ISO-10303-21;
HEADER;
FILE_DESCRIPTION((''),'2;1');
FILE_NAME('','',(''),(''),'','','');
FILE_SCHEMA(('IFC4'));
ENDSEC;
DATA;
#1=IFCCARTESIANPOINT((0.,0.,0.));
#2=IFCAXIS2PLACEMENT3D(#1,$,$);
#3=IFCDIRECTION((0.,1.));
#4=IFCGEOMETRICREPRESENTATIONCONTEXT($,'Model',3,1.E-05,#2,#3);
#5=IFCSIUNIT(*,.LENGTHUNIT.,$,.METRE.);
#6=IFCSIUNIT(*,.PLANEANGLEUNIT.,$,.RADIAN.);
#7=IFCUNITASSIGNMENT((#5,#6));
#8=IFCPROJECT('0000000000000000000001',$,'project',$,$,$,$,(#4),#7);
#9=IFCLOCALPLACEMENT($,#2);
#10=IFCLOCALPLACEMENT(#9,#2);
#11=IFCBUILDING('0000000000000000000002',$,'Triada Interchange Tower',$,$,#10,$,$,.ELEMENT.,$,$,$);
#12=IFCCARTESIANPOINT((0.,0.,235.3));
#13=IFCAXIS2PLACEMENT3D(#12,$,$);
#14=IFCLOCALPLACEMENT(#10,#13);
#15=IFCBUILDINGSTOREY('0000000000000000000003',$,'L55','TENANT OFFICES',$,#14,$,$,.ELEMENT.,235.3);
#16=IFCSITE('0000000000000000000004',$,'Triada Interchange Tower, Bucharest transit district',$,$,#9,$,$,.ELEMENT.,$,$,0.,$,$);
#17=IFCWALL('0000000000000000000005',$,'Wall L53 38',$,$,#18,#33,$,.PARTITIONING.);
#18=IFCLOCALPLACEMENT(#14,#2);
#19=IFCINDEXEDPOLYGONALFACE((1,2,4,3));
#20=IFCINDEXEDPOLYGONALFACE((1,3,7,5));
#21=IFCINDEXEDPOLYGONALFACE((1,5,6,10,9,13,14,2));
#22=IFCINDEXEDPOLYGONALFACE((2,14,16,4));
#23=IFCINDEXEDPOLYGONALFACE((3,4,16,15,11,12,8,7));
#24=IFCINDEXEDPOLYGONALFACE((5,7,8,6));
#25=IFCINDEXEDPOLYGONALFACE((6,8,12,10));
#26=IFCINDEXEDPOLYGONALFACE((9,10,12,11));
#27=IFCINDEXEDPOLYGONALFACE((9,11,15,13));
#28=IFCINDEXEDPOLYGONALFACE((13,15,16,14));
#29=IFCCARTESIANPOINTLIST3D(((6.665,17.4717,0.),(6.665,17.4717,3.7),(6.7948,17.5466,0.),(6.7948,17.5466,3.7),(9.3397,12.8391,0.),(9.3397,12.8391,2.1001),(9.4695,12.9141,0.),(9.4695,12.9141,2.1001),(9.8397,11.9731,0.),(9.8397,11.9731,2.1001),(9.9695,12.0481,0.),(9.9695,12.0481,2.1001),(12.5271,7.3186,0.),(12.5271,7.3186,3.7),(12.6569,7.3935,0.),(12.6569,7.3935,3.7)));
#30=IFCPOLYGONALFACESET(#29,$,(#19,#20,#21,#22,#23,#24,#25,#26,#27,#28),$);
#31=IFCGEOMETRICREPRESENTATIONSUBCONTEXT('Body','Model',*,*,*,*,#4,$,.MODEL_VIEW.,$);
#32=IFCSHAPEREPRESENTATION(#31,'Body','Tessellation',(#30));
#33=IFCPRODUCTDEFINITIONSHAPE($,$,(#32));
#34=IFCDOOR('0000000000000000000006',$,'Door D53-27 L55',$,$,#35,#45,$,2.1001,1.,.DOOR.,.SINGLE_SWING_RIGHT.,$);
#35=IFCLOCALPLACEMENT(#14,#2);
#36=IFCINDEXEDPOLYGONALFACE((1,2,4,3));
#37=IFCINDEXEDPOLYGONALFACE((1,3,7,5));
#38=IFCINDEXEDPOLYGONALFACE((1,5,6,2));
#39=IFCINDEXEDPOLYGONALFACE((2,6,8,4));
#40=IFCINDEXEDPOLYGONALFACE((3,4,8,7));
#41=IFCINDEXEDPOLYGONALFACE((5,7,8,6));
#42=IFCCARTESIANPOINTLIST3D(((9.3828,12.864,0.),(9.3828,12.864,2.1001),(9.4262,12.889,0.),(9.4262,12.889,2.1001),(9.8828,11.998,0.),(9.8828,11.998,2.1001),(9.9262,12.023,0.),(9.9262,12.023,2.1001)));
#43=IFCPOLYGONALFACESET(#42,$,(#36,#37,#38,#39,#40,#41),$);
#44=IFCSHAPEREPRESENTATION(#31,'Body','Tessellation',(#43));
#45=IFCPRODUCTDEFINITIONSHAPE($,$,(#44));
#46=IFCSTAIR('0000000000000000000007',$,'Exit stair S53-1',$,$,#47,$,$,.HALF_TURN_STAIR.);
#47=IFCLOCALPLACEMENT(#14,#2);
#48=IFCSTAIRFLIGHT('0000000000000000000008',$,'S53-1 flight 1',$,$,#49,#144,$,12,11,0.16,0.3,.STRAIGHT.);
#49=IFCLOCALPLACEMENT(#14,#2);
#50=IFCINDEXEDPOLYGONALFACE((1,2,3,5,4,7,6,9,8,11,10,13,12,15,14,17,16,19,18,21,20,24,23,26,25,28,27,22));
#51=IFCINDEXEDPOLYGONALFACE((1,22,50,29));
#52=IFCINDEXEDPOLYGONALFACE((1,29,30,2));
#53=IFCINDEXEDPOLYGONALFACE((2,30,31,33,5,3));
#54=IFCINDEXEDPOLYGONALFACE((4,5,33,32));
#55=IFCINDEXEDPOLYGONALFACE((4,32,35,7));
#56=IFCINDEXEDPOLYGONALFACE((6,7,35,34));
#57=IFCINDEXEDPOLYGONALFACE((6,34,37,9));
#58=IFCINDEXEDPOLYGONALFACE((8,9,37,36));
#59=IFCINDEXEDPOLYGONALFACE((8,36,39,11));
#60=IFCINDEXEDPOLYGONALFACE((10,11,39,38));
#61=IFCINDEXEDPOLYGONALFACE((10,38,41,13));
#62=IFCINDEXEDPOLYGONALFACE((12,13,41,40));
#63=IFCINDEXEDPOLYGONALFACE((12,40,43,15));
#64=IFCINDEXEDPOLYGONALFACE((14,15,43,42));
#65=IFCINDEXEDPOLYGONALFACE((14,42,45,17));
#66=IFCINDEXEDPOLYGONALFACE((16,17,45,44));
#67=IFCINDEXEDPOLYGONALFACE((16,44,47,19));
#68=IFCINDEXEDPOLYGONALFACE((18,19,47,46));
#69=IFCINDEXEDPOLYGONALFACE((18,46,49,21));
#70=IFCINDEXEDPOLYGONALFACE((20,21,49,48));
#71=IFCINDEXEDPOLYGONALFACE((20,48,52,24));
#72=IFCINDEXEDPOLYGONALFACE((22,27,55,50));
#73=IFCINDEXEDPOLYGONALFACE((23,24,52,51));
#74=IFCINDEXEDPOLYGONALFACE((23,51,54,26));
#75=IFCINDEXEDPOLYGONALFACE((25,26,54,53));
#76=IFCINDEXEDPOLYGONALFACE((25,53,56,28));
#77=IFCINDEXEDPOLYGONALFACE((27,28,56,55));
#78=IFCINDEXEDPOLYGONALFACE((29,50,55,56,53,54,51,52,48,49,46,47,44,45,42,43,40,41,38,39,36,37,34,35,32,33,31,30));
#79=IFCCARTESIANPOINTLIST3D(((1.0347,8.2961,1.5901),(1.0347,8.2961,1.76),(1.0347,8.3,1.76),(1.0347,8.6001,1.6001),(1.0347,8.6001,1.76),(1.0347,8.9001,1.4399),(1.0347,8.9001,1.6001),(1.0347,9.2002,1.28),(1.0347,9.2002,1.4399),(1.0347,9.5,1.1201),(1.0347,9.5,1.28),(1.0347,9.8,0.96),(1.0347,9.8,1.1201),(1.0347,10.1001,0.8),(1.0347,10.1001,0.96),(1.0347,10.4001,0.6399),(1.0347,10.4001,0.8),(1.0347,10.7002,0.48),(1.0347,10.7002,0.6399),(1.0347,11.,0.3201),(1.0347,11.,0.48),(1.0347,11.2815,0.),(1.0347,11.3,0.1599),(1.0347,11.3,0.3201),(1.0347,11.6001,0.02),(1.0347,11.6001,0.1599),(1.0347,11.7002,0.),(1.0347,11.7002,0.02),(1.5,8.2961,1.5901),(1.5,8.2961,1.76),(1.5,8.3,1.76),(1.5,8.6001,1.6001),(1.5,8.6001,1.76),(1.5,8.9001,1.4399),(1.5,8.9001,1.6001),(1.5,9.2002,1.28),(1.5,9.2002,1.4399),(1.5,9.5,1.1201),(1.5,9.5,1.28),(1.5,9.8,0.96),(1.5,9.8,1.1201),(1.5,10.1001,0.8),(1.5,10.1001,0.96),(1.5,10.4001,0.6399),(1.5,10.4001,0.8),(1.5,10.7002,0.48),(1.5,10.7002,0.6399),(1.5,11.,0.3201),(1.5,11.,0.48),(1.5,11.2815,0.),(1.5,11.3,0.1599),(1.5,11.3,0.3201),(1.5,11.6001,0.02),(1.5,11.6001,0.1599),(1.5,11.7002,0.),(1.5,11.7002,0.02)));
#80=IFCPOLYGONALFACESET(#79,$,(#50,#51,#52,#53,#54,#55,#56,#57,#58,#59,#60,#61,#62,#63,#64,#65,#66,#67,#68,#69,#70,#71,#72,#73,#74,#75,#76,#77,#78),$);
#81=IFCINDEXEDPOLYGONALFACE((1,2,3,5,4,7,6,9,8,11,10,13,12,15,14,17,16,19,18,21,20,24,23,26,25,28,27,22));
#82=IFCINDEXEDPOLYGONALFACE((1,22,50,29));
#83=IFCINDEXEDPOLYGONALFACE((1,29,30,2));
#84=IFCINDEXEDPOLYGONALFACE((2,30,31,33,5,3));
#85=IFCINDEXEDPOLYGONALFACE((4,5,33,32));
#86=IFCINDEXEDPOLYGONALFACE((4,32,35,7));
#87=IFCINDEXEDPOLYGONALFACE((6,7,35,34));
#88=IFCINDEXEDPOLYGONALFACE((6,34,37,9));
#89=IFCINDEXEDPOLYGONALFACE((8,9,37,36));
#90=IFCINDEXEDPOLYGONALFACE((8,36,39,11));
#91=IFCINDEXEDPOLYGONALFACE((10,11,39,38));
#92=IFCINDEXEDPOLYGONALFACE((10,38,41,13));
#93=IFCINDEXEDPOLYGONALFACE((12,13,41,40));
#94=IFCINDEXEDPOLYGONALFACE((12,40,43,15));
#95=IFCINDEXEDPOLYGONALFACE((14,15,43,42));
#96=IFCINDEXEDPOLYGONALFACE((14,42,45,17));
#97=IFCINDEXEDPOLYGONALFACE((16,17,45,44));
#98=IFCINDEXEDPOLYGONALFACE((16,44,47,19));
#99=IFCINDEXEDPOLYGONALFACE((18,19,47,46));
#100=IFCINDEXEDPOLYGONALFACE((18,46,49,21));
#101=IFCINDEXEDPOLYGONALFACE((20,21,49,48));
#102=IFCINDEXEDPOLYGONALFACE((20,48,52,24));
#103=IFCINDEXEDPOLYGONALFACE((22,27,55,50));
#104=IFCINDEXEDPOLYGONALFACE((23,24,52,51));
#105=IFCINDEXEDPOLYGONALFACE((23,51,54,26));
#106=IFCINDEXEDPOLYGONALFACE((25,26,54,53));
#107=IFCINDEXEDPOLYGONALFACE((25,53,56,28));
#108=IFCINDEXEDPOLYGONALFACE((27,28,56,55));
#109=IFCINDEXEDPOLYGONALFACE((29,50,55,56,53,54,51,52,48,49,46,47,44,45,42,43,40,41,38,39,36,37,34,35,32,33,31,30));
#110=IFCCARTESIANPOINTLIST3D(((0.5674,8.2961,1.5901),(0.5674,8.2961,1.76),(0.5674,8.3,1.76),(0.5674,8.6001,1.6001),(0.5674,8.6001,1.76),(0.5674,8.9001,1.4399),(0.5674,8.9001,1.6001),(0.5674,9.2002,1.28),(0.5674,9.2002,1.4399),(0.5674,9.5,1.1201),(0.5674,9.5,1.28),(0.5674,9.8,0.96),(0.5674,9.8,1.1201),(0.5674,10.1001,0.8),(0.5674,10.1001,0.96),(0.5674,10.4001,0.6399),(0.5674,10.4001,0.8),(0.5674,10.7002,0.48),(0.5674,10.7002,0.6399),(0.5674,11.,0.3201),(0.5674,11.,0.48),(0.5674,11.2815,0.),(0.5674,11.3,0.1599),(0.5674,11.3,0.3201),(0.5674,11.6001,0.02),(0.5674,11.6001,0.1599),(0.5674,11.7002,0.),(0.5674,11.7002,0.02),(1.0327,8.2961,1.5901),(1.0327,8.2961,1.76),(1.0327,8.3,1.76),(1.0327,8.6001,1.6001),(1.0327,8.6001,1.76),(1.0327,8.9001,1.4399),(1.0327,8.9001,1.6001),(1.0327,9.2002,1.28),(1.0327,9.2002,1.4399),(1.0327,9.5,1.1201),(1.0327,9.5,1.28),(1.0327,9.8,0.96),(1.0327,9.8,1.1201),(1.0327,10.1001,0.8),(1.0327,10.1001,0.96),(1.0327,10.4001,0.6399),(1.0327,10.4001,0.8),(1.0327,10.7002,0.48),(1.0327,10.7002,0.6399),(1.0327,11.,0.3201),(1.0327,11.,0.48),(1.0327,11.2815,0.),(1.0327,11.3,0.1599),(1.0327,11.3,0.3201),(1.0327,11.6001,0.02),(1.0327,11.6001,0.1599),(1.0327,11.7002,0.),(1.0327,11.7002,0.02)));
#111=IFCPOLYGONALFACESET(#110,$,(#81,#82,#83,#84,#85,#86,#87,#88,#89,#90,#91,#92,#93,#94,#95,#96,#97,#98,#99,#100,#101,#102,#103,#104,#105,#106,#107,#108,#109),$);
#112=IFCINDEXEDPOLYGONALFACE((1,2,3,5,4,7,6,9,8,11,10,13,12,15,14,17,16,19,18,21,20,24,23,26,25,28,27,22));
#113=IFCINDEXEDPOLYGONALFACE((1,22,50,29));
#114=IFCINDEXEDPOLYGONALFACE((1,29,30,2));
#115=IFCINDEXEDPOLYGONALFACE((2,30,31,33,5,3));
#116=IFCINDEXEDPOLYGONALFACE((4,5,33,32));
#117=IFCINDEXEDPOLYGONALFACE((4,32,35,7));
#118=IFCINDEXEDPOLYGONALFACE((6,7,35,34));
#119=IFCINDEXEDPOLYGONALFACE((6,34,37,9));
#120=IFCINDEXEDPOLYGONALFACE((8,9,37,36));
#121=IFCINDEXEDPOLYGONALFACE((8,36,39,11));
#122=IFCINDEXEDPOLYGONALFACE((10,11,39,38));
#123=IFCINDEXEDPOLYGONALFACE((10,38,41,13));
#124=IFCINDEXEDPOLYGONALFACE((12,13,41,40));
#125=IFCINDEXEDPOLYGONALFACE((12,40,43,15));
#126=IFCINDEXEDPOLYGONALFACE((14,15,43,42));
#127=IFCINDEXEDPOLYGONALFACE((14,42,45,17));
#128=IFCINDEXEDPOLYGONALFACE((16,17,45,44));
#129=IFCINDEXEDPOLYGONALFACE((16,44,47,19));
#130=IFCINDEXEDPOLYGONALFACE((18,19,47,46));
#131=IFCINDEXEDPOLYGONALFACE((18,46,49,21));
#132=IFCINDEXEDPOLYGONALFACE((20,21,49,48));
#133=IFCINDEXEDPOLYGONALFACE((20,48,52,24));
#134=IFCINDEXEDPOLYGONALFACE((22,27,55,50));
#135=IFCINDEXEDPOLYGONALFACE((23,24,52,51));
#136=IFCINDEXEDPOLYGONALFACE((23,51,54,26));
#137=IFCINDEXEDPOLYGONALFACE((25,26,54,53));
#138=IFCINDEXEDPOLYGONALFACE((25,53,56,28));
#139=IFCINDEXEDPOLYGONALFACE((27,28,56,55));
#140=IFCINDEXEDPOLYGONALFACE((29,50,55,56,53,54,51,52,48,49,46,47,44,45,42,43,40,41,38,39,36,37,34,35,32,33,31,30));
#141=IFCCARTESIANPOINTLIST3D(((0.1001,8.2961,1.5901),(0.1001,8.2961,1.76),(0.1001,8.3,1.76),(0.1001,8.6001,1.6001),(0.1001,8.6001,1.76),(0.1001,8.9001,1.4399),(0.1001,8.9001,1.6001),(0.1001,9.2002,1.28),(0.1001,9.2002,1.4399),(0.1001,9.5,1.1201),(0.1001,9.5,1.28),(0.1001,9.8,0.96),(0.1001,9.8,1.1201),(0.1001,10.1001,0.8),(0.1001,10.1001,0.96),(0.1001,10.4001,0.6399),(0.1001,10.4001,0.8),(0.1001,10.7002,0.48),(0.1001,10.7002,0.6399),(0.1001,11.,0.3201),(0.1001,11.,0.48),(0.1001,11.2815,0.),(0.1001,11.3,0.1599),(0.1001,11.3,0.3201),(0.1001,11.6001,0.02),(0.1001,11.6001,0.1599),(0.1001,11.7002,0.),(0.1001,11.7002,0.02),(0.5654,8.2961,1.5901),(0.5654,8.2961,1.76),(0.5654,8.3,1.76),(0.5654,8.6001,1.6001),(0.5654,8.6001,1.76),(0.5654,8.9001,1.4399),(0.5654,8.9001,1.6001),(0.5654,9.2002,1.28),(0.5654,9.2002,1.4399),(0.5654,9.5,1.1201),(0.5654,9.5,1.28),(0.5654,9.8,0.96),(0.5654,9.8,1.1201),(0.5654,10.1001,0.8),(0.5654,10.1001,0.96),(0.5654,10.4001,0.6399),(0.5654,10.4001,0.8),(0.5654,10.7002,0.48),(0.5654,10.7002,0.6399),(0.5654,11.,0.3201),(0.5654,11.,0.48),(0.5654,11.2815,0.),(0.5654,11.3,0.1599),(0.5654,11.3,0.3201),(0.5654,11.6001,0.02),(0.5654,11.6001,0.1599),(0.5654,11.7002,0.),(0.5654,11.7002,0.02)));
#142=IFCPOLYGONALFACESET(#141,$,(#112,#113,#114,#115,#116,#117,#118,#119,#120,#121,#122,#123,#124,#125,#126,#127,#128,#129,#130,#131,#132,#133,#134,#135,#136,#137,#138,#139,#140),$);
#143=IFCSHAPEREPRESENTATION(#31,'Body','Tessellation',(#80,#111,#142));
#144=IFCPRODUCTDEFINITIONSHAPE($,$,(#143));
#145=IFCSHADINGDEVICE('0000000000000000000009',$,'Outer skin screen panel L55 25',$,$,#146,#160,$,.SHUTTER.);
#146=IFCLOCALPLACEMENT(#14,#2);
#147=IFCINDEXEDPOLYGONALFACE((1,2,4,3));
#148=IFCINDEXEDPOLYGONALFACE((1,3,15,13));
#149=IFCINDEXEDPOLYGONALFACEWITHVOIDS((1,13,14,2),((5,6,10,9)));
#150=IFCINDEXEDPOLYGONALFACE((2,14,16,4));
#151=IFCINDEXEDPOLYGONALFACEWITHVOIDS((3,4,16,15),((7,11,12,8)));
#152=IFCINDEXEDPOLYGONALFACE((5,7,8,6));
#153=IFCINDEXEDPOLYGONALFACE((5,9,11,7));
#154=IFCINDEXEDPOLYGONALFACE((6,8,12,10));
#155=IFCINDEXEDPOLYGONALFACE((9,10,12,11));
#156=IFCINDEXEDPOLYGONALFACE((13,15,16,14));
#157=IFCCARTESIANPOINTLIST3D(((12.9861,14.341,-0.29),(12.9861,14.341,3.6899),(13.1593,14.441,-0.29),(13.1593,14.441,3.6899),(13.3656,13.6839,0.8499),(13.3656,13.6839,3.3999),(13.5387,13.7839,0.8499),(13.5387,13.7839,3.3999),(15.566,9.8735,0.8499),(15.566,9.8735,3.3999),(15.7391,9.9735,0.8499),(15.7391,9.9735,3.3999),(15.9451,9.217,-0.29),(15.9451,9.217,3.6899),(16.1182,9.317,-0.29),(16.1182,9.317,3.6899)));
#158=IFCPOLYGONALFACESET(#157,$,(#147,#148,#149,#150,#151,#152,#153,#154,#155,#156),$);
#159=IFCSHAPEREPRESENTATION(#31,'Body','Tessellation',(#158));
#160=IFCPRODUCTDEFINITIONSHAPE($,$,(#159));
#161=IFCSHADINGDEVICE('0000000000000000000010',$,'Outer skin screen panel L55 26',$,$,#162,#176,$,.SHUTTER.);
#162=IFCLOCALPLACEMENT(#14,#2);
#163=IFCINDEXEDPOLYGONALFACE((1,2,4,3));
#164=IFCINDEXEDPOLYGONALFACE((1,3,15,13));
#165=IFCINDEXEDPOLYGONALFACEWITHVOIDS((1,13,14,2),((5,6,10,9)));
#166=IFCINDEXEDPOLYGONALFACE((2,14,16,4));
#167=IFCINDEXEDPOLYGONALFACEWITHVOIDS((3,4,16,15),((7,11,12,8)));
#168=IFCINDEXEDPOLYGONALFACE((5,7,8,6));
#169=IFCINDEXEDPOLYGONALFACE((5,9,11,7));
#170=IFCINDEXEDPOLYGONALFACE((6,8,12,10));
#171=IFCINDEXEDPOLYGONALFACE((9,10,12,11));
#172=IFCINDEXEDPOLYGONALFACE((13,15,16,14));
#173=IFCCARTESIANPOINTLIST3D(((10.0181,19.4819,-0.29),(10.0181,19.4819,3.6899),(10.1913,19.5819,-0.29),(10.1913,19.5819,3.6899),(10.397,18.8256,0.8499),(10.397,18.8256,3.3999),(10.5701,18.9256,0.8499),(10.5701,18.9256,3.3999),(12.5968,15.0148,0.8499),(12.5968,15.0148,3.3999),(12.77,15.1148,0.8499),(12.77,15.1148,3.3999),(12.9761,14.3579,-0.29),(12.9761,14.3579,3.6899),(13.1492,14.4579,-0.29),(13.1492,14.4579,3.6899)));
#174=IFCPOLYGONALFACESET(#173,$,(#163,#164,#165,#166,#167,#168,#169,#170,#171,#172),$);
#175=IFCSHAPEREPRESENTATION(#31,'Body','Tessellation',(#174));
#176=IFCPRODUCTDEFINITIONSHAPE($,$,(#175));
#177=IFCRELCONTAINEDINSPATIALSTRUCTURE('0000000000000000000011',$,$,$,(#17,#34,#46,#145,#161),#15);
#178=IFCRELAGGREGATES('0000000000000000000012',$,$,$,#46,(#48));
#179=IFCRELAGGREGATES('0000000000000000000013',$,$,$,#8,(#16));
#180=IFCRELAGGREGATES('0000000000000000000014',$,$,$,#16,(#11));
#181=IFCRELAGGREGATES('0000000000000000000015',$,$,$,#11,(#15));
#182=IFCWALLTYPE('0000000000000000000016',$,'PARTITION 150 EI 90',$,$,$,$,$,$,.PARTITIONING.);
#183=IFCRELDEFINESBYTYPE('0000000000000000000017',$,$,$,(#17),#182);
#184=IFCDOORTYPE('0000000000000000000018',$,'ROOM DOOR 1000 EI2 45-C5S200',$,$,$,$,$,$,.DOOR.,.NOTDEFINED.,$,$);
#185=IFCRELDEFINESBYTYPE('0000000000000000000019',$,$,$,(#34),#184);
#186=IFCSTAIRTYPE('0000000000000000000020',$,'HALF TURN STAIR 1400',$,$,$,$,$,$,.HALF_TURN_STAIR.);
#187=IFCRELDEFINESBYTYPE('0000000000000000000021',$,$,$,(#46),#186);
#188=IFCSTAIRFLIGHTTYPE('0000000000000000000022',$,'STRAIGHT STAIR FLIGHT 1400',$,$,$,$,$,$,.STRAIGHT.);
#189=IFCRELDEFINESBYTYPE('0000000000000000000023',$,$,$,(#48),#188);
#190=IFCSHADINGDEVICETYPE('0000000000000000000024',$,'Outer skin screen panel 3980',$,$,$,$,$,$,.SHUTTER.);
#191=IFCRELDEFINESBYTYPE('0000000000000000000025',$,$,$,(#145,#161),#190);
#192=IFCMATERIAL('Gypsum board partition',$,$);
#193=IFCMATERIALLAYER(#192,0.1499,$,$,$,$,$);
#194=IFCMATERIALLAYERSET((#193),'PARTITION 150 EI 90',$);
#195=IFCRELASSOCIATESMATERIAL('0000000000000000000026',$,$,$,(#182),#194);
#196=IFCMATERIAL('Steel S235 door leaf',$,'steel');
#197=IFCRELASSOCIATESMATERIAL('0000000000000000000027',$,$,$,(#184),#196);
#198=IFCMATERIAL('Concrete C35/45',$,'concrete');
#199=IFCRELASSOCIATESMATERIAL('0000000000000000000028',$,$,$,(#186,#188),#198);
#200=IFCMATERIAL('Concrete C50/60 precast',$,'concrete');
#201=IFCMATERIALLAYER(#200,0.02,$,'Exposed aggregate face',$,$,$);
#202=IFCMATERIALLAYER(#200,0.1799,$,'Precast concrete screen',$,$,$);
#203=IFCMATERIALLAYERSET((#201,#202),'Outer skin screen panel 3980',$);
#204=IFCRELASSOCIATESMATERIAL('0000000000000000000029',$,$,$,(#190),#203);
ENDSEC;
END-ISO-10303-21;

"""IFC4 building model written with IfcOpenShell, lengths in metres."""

from ifc_helpers import new_model, si_unit, direction, frame, frame_2d, origin, place, context, subcontext, project, spatial, polyline, rectangle, outline, extrude, material, layer, layer_set, type_object, element, fill, aggregate, save


model = new_model("IFC4")

# Units and contexts
model_context = context("Model", 3, precision=1e-05, world=origin(), true_north=direction((0.0, 1.0)))
body_context = subcontext(model_context, "Body", "Model", "MODEL_VIEW")
ifc_project = project(units=[si_unit("LENGTHUNIT", "METRE"), si_unit("PLANEANGLEUNIT", "RADIAN")], contexts=[model_context])

# Site, building, storey
site_placement = place(None, origin())
site = spatial("IfcSite", under=ifc_project, at=site_placement, Name="Triada Interchange Tower, Bucharest transit district", CompositionType="ELEMENT", RefElevation=0.0)
building_placement = place(site_placement, origin())
building = spatial("IfcBuilding", under=site, at=building_placement, Name="Triada Interchange Tower", CompositionType="ELEMENT")
storey_placement = place(building_placement, frame((0.0, 0.0, 235.3)))
storey = spatial("IfcBuildingStorey", under=building, at=storey_placement, Name="L55", Description="TENANT OFFICES", CompositionType="ELEMENT", Elevation=235.3)

# Shared definitions
ifc_material_1 = material(Name="Steel S235 door leaf", Category="steel")

# Shared definitions
ifc_material_2 = material(Name="Gypsum board partition")

# Wall, opening, door
ifc_layer_1 = layer(ifc_material_2, 0.1499)
ifc_layer_set_1 = layer_set([ifc_layer_1], Name="PARTITION 150 EI 90")
wall_type_1 = type_object("IfcWallType", Name="PARTITION 150 EI 90", PredefinedType="PARTITIONING", material=ifc_layer_set_1)
wall_1_placement = place(storey_placement, frame((6.73, 17.509, 0.0), z_axis=(0.0, 0.0, 1.0), x_axis=(0.500011, -0.866019, 0.0)))
wall_1 = element("IfcWall", 1, at=wall_1_placement, inside=storey, type_object=wall_type_1, Name="Wall L53 38", PredefinedType="PARTITIONING", context=body_context, shape_type="SweptSolid", body=[
    extrude(rectangle(XDim=11.7239, YDim=0.1499, at=frame_2d((5.8618, 0.0))), origin(), (0.0, 0.0, 1.0), 3.7),
])
opening_1_placement = place(wall_1_placement, frame((5.3491, 0.0, 0.0)))
opening_1 = element("IfcOpeningElement", 2, at=opening_1_placement, cuts=wall_1, PredefinedType="OPENING", context=body_context, shape_type="SweptSolid", body=[
    extrude(rectangle(XDim=1.0, YDim=2.1001, at=frame_2d((0.5, 1.05))), frame((0.0, 0.085, 0.0), z_axis=(0.0, -1.0, 0.0), x_axis=(1.0, 0.0, 0.0)), (0.0, 0.0, 1.0), 0.1699),
])
door_type_1 = type_object("IfcDoorType", Name="ROOM DOOR 1000 EI2 45-C5S200", OperationType="NOTDEFINED", PredefinedType="DOOR", material=ifc_material_1)
door_1_placement = place(opening_1_placement, origin())
door_1 = element("IfcDoor", 3, at=door_1_placement, inside=storey, type_object=door_type_1, Name="Door D53-27 L55", OperationType="SINGLE_SWING_RIGHT", OverallHeight=2.1001, OverallWidth=1.0, PredefinedType="DOOR", context=body_context, shape_type="SweptSolid", body=[
    extrude(rectangle(XDim=1.0, YDim=2.1001, at=frame_2d((0.5, 1.05))), frame((0.0, 0.0249, 0.0), z_axis=(0.0, -1.0, 0.0), x_axis=(1.0, 0.0, 0.0)), (0.0, 0.0, 1.0), 0.05),
])
fill(opening_1, door_1)

# Stair, stair flight
ifc_material_3 = material(Name="Concrete C35/45", Category="concrete")
stair_type = type_object("IfcStairType", Name="HALF TURN STAIR 1400", PredefinedType="HALF_TURN_STAIR", material=ifc_material_3)
stair_placement = place(storey_placement, origin())
stair = element("IfcStair", 4, at=stair_placement, inside=storey, type_object=stair_type, Name="Exit stair S53-1", PredefinedType="HALF_TURN_STAIR")
stair_flight_type = type_object("IfcStairFlightType", Name="STRAIGHT STAIR FLIGHT 1400", PredefinedType="STRAIGHT", material=ifc_material_3)
stair_flight_placement = place(storey_placement, frame((0.8, 11.6001, 0.0), z_axis=(0.0, 0.0, 1.0), x_axis=(0.0, -1.0, 0.0)))
stair_flight = element("IfcStairFlight", 5, at=stair_flight_placement, type_object=stair_flight_type, Name="S53-1 flight 1", NumberOfRisers=12, NumberOfTreads=11, PredefinedType="STRAIGHT", RiserHeight=0.16, TreadLength=0.3, context=body_context, shape_type="SweptSolid", body=[
    extrude(outline(polyline([(-0.1001, 0.0), (-0.1001, 0.02), (0.0, 0.02), (0.0, 0.1599), (0.3, 0.1599), (0.3, 0.3201), (0.6001, 0.3201), (0.6001, 0.48), (0.8999, 0.48), (0.8999, 0.6399), (1.2, 0.6399), (1.2, 0.8), (1.5, 0.8), (1.5, 0.96), (1.8, 0.96), (1.8, 1.1201), (2.1001, 1.1201), (2.1001, 1.28), (2.3999, 1.28), (2.3999, 1.4399), (2.7, 1.4399), (2.7, 1.6001), (3.0, 1.6001), (3.0, 1.76), (3.3, 1.76), (3.304, 1.76), (3.304, 1.9199), (3.304, 1.5901), (0.3186, 0.0), (-0.1001, 0.0)])), frame((0.0, 0.7, 0.0), z_axis=(0.0, -1.0, 0.0), x_axis=(1.0, 0.0, 0.0)), (0.0, 0.0, 1.0), 0.4653),
    extrude(outline(polyline([(-0.1001, 0.0), (-0.1001, 0.02), (0.0, 0.02), (0.0, 0.1599), (0.3, 0.1599), (0.3, 0.3201), (0.6001, 0.3201), (0.6001, 0.48), (0.8999, 0.48), (0.8999, 0.6399), (1.2, 0.6399), (1.2, 0.8), (1.5, 0.8), (1.5, 0.96), (1.8, 0.96), (1.8, 1.1201), (2.1001, 1.1201), (2.1001, 1.28), (2.3999, 1.28), (2.3999, 1.4399), (2.7, 1.4399), (2.7, 1.6001), (3.0, 1.6001), (3.0, 1.76), (3.3, 1.76), (3.304, 1.76), (3.304, 1.9199), (3.304, 1.5901), (0.3186, 0.0), (-0.1001, 0.0)])), frame((0.0, 0.2327, 0.0), z_axis=(0.0, -1.0, 0.0), x_axis=(1.0, 0.0, 0.0)), (0.0, 0.0, 1.0), 0.4653),
    extrude(outline(polyline([(-0.1001, 0.0), (-0.1001, 0.02), (0.0, 0.02), (0.0, 0.1599), (0.3, 0.1599), (0.3, 0.3201), (0.6001, 0.3201), (0.6001, 0.48), (0.8999, 0.48), (0.8999, 0.6399), (1.2, 0.6399), (1.2, 0.8), (1.5, 0.8), (1.5, 0.96), (1.8, 0.96), (1.8, 1.1201), (2.1001, 1.1201), (2.1001, 1.28), (2.3999, 1.28), (2.3999, 1.4399), (2.7, 1.4399), (2.7, 1.6001), (3.0, 1.6001), (3.0, 1.76), (3.3, 1.76), (3.304, 1.76), (3.304, 1.9199), (3.304, 1.5901), (0.3186, 0.0), (-0.1001, 0.0)])), frame((0.0, -0.2346, 0.0), z_axis=(0.0, -1.0, 0.0), x_axis=(1.0, 0.0, 0.0)), (0.0, 0.0, 1.0), 0.4653),
])

# Shading devices
ifc_material_4 = material(Name="Concrete C50/60 precast", Category="concrete")
ifc_layer_2 = layer(ifc_material_4, 0.02, Name="Exposed aggregate face")
ifc_layer_3 = layer(ifc_material_4, 0.1799, Name="Precast concrete screen")
ifc_layer_set_2 = layer_set([ifc_layer_2, ifc_layer_3], Name="Outer skin screen panel 3980")
shading_device_type = type_object("IfcShadingDeviceType", Name="Outer skin screen panel 3980", PredefinedType="SHUTTER", material=ifc_layer_set_2)
shading_device_1_placement = place(storey_placement, frame((15.9451, 9.217, -0.29), z_axis=(0.0, 0.0, 1.0), x_axis=(-0.50008, 0.865979, 0.0)))
element("IfcShadingDevice", 6, at=shading_device_1_placement, inside=storey, type_object=shading_device_type, Name="Outer skin screen panel L55 25", PredefinedType="SHUTTER", context=body_context, shape_type="SweptSolid", body=[
    extrude(outline(polyline([(0.0, 0.0), (5.917, 0.0), (5.917, 3.98), (0.0, 3.98), (0.0, 0.0)]), holes=[polyline([(0.7581, 1.1399), (0.7581, 3.6899), (5.1582, 3.6899), (5.1582, 1.1399), (0.7581, 1.1399)])]), frame((0.0, 0.0, 0.0), z_axis=(0.0, -1.0, 0.0), x_axis=(1.0, 0.0, 0.0)), (0.0, 0.0, 1.0), 0.2),
])
shading_device_2_placement = place(storey_placement, frame((12.9761, 14.3579, -0.29), z_axis=(0.0, 0.0, 1.0), x_axis=(-0.499956, 0.866051, 0.0)))
element("IfcShadingDevice", 7, at=shading_device_2_placement, inside=storey, type_object=shading_device_type, Name="Outer skin screen panel L55 26", PredefinedType="SHUTTER", context=body_context, shape_type="SweptSolid", body=[
    extrude(outline(polyline([(0.0, 0.0), (5.9165, 0.0), (5.9165, 3.98), (0.0, 3.98), (0.0, 0.0)]), holes=[polyline([(0.7585, 1.1399), (0.7585, 3.6899), (5.1587, 3.6899), (5.1587, 1.1399), (0.7585, 1.1399)])]), frame((0.0, 0.0, 0.0), z_axis=(0.0, -1.0, 0.0), x_axis=(1.0, 0.0, 0.0)), (0.0, 0.0, 1.0), 0.2),
])

aggregate(stair, [stair_flight])

save(model, "model.ifc")
